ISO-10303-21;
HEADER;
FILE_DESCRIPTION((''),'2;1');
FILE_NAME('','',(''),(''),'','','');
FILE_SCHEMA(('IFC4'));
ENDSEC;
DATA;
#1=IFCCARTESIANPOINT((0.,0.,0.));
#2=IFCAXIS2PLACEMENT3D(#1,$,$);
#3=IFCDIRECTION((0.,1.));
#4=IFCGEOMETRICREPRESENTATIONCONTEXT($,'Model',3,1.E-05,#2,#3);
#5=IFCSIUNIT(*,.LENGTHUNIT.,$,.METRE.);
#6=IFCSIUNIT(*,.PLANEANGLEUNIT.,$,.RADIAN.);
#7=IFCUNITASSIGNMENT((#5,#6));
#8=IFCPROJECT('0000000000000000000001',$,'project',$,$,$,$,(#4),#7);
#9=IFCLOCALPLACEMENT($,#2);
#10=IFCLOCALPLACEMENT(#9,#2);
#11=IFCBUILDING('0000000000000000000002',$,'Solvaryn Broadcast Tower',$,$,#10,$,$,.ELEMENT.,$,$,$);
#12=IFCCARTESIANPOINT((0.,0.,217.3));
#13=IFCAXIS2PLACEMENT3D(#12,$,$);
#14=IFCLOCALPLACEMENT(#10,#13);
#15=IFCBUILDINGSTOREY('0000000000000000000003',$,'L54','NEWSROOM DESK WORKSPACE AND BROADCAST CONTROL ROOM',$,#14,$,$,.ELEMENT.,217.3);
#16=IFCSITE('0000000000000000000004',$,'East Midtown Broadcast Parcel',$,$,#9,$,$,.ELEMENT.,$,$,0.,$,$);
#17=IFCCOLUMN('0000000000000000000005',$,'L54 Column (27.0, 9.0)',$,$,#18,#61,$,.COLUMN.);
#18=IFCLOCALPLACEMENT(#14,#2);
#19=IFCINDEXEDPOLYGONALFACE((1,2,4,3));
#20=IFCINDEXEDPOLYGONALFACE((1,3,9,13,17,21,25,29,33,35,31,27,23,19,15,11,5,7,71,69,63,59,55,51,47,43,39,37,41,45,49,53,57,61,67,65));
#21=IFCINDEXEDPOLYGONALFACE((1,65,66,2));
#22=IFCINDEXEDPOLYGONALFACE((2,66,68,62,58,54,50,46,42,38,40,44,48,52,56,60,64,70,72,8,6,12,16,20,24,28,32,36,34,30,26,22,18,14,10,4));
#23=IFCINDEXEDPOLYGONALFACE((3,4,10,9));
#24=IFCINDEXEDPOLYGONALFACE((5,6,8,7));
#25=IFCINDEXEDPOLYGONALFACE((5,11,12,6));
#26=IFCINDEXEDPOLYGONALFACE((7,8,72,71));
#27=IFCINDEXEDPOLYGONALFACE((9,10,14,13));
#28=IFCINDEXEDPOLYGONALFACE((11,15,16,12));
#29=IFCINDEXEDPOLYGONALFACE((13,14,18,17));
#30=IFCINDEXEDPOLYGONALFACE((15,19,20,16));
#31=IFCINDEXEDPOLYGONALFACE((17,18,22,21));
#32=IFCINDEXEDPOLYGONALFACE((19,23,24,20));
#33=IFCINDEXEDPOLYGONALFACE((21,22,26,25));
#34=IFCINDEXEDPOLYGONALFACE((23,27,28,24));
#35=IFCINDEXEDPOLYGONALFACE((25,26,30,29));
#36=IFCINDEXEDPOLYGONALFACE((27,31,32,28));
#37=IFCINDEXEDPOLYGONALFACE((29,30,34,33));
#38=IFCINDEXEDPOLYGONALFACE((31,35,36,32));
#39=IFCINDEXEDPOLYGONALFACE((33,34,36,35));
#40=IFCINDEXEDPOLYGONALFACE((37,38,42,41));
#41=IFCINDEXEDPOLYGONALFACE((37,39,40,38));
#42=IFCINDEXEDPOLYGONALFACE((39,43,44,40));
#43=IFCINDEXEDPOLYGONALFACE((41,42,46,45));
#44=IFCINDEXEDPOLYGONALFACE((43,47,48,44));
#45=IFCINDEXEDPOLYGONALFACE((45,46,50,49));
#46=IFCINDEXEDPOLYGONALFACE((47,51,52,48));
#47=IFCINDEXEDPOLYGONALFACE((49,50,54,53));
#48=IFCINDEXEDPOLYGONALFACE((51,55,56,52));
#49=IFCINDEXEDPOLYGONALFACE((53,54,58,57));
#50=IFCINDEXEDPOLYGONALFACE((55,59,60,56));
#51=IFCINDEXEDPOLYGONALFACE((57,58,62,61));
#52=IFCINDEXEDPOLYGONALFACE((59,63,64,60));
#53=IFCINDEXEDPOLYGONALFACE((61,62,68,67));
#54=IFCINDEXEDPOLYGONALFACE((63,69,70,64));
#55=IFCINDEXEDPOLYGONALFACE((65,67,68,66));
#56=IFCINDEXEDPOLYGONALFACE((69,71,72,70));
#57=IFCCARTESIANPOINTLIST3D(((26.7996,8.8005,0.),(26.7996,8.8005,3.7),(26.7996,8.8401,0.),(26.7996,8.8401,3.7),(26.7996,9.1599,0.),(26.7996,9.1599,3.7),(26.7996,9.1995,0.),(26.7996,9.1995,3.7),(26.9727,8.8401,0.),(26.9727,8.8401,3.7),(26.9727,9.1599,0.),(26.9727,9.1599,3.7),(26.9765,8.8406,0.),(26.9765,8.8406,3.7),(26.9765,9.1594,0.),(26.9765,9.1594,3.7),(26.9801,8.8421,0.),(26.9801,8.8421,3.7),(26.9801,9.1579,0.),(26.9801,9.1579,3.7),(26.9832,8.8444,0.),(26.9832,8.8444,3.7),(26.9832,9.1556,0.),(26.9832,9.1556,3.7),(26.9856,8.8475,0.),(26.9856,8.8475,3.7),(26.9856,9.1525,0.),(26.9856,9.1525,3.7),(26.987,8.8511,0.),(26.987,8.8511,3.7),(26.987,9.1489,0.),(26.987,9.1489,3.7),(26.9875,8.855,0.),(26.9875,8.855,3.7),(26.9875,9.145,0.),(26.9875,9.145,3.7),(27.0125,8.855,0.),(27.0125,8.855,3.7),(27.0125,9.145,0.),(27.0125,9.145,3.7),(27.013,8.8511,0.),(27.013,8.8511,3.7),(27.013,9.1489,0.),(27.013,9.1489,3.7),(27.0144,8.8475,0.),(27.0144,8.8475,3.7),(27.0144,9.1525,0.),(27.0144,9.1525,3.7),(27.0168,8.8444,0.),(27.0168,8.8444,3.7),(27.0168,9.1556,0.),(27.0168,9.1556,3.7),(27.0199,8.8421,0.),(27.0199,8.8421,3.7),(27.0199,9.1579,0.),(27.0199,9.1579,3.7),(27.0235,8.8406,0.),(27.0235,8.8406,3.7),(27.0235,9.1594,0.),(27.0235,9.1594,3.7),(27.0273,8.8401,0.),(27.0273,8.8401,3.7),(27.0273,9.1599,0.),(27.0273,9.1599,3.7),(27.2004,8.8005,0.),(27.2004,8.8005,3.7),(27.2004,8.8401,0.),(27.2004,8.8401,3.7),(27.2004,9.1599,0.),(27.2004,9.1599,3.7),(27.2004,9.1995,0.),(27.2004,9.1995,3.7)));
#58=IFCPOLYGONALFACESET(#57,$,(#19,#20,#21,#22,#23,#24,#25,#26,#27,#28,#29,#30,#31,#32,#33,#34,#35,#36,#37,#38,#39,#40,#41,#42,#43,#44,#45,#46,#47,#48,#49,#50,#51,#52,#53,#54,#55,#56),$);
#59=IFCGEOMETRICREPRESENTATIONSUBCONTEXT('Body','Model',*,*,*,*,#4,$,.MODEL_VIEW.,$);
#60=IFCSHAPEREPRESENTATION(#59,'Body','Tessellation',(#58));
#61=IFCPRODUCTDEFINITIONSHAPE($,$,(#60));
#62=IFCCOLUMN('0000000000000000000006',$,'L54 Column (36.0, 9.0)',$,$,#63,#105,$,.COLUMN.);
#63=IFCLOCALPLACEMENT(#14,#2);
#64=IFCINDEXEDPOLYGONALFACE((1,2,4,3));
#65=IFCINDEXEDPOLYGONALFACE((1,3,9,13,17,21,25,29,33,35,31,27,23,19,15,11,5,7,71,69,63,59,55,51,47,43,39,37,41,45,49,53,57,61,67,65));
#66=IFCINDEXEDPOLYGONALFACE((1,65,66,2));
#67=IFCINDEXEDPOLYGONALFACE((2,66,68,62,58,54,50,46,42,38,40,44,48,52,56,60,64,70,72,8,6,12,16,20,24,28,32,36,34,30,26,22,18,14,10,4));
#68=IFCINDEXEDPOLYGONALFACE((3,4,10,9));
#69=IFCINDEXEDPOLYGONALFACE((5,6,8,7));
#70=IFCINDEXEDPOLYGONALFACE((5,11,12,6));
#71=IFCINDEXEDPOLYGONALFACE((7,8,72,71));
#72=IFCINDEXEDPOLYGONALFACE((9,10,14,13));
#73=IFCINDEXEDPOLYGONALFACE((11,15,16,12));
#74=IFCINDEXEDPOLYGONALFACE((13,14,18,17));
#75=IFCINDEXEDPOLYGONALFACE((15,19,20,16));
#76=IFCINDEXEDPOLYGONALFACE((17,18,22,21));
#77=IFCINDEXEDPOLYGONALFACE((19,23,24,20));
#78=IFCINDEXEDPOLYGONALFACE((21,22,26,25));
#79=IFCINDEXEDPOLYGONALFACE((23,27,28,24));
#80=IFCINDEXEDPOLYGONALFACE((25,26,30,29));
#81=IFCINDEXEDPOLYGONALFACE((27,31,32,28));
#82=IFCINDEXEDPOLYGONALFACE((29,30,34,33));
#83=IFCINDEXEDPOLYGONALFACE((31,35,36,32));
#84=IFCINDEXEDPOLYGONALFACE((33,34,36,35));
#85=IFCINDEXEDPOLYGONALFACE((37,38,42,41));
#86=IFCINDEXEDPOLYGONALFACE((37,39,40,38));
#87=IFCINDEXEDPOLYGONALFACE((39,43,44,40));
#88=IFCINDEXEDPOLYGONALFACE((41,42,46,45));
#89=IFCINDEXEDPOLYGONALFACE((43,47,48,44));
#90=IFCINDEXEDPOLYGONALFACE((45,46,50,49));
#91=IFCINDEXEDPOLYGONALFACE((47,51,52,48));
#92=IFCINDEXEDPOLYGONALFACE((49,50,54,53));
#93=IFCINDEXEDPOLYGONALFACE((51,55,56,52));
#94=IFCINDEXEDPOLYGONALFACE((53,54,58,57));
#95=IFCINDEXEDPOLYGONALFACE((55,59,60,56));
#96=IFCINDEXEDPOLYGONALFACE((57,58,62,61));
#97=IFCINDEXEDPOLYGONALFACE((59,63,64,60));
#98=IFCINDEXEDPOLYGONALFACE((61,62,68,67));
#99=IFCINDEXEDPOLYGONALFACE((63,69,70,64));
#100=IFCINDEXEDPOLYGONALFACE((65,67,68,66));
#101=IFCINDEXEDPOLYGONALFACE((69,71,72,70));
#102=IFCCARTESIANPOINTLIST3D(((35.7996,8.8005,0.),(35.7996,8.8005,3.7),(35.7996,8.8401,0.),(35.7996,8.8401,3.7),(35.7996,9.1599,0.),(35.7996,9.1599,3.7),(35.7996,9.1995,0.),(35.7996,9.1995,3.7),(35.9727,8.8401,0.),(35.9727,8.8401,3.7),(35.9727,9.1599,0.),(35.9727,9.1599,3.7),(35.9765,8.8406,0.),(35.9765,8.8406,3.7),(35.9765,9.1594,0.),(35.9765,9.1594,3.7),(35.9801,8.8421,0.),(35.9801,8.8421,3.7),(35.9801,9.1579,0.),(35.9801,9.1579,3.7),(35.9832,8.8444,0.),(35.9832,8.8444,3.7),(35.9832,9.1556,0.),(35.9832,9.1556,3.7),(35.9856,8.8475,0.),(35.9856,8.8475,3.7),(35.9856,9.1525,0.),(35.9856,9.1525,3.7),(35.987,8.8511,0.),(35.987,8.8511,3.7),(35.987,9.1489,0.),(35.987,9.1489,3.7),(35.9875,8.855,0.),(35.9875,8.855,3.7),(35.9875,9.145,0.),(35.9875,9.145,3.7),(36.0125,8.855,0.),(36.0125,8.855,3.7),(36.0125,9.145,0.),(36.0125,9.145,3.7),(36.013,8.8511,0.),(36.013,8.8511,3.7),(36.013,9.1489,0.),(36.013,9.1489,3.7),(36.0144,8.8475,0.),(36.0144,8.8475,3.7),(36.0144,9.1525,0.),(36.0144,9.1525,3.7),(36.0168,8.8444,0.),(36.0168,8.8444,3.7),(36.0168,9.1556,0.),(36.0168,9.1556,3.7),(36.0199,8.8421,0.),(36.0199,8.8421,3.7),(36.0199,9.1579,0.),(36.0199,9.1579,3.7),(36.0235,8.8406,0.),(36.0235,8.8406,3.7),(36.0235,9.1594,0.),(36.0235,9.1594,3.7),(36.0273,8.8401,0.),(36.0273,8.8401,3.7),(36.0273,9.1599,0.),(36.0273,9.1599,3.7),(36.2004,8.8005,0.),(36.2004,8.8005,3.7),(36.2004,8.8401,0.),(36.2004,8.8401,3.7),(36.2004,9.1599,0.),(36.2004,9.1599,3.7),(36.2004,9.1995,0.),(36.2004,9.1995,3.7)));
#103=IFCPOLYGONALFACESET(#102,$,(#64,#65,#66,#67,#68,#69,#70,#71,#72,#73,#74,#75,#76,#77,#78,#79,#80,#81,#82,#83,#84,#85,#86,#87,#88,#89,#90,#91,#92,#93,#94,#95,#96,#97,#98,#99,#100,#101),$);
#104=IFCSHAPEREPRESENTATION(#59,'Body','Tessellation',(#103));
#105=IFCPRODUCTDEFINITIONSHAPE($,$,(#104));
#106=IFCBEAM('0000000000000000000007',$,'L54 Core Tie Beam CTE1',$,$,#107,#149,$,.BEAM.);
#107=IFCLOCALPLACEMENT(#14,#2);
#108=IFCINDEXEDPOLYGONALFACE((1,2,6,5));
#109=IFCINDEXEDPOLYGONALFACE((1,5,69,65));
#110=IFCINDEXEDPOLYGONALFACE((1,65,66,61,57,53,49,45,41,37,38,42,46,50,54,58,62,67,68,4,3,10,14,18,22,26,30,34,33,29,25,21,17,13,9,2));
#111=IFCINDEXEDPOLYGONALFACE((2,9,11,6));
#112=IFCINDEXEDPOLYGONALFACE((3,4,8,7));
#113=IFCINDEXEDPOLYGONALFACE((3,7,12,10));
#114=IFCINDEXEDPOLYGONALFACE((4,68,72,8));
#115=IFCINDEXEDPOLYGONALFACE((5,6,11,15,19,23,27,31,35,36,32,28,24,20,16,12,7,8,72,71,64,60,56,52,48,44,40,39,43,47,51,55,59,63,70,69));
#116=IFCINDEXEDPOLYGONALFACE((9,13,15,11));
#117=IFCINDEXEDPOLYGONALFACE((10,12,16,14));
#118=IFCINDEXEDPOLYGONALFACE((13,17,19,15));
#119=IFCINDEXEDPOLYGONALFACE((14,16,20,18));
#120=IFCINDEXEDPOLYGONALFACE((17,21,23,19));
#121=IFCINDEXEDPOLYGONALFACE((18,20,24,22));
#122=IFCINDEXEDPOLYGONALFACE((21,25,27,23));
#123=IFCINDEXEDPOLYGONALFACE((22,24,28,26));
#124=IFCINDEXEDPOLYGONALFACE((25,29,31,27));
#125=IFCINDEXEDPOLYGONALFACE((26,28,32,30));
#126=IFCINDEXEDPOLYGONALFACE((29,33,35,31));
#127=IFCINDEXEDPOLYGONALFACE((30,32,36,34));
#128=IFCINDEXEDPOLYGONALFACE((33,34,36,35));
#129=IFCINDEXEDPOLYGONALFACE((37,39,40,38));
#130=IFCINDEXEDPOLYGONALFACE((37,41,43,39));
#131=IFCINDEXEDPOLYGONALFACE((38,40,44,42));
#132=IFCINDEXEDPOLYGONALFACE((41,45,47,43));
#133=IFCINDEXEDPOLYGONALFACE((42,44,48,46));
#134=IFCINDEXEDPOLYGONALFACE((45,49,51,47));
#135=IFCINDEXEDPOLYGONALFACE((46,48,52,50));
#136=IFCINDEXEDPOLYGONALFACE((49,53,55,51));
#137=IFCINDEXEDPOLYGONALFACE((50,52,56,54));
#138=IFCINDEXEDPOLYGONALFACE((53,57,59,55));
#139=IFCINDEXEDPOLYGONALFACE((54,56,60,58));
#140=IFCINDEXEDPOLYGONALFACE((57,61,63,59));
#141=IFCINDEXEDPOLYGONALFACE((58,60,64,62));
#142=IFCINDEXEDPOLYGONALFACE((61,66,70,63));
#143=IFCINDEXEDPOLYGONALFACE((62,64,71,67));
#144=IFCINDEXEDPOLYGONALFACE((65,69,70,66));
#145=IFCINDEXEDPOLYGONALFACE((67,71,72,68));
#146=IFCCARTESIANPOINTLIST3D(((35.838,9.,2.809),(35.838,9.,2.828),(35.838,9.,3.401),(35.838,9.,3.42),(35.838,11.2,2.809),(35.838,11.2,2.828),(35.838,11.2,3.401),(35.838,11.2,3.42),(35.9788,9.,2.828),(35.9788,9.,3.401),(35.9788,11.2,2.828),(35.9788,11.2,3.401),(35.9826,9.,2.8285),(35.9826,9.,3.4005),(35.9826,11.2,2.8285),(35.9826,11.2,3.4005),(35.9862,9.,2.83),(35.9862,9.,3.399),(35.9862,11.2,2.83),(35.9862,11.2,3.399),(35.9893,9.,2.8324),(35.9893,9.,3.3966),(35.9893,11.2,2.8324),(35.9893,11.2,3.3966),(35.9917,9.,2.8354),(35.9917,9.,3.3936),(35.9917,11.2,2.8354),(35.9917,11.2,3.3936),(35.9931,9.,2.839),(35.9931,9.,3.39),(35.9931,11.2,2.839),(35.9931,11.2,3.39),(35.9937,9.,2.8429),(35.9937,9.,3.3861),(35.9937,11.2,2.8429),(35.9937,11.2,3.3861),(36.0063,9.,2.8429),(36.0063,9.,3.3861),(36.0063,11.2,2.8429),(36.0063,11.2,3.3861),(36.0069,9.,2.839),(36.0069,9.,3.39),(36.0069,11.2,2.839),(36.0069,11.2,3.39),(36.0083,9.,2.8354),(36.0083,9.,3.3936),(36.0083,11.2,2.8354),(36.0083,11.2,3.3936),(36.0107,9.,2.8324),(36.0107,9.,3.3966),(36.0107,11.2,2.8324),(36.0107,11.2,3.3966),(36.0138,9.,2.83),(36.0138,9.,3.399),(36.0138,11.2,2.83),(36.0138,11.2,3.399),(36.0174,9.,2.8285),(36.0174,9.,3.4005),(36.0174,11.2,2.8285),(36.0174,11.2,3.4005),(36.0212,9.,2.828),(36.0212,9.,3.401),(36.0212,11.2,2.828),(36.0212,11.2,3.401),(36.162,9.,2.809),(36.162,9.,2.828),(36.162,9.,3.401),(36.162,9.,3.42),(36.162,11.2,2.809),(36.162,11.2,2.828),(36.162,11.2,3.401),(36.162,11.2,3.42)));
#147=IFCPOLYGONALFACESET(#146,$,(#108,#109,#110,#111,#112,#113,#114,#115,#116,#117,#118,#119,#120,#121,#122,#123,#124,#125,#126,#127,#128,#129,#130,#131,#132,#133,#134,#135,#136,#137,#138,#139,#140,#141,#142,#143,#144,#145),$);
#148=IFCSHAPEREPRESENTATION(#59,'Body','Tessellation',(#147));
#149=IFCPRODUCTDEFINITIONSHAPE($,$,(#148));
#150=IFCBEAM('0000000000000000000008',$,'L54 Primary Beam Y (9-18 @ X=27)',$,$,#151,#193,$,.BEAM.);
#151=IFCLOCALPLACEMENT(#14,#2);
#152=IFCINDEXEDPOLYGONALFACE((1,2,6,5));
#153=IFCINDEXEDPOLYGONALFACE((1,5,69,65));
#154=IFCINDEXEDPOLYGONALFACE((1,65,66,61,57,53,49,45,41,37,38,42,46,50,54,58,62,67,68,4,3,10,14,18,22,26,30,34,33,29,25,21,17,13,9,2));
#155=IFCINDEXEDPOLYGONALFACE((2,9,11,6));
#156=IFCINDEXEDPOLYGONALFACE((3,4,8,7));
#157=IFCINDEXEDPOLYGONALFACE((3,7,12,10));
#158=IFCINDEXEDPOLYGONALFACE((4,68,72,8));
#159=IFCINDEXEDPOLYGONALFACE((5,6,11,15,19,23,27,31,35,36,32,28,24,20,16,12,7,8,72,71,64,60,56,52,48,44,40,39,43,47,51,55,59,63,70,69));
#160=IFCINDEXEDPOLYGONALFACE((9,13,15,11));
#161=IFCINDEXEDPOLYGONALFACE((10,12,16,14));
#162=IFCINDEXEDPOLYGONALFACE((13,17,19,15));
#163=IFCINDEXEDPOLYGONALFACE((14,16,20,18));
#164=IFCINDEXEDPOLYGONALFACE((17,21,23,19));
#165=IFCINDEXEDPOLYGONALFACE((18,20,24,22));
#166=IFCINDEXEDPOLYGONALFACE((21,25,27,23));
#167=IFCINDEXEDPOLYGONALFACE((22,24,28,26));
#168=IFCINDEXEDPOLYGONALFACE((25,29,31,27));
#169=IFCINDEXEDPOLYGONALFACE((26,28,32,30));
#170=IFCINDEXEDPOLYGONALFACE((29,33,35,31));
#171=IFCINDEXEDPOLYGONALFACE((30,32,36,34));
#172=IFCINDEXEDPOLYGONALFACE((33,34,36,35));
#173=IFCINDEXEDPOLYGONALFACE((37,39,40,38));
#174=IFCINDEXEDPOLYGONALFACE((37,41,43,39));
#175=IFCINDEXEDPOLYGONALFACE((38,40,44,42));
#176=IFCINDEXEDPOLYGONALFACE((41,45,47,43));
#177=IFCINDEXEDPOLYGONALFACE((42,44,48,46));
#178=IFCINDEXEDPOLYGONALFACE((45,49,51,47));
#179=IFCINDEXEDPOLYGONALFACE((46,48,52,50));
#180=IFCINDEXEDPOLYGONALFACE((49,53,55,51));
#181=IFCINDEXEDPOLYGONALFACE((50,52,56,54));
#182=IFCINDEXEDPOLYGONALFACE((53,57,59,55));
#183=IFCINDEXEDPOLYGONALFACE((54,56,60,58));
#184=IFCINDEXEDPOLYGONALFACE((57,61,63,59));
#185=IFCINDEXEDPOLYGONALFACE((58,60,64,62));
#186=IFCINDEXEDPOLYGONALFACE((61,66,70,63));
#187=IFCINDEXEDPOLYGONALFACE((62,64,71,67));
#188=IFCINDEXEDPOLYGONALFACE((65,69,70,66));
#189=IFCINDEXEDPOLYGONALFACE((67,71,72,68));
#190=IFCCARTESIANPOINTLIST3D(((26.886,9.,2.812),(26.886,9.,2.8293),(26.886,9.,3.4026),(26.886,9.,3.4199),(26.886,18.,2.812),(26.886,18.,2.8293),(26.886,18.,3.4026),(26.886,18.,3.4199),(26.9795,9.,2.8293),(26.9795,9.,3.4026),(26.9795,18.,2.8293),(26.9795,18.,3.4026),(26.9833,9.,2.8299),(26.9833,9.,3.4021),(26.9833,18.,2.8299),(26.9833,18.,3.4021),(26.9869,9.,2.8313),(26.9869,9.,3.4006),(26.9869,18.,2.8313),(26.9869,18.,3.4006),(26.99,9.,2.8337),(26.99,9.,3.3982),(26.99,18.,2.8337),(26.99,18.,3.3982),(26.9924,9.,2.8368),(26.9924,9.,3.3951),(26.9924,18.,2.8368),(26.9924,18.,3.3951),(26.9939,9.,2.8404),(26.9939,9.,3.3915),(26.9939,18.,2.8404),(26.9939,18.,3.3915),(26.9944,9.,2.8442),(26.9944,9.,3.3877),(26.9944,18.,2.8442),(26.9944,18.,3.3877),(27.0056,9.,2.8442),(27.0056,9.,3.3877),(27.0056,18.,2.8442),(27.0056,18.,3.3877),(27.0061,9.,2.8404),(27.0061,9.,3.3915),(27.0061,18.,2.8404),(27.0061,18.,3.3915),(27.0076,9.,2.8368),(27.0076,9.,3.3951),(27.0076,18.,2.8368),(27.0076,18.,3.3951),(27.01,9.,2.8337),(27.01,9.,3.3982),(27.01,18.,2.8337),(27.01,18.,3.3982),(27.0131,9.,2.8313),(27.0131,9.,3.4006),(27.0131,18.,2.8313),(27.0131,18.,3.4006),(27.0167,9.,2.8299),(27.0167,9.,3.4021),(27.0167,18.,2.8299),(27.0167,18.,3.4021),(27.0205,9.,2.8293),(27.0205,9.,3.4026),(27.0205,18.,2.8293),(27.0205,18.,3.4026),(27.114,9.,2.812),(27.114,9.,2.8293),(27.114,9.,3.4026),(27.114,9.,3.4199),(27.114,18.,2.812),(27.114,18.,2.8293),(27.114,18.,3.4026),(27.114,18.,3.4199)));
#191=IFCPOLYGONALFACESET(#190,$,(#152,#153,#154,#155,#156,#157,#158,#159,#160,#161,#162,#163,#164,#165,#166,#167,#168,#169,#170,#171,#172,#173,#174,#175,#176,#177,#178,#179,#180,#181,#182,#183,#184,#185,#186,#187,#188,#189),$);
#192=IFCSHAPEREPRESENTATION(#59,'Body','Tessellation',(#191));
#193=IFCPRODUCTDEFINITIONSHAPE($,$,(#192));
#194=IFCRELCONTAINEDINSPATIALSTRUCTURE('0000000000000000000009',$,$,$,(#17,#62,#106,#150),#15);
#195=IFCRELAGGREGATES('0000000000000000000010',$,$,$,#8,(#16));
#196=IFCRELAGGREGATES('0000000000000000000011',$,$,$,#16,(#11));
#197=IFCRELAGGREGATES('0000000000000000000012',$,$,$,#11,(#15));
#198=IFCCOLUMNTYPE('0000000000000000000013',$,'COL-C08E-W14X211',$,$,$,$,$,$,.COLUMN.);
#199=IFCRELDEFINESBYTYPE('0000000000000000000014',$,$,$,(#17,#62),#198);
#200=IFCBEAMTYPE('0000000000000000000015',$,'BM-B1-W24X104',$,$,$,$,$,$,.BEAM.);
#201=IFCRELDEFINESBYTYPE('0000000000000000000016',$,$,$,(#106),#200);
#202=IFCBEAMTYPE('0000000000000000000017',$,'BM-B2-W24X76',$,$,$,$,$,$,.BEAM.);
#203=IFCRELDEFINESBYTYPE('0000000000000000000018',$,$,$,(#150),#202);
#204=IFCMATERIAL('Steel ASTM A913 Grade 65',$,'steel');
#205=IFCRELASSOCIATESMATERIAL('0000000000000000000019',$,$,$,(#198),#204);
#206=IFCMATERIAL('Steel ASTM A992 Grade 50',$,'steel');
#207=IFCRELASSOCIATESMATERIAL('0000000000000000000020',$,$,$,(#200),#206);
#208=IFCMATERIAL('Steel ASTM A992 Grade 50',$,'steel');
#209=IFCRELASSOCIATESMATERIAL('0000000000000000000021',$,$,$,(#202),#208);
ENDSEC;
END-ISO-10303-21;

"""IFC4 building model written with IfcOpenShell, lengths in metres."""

from ifc_helpers import new_model, si_unit, direction, frame, origin, origin_2d, place, context, subcontext, project, spatial, i_section, extrude, material, material_profile, profile_set, type_object, element, save


model = new_model("IFC4")

# Units and contexts
model_context = context("Model", 3, precision=1e-05, world=origin(), true_north=direction((0.0, 1.0)))
body_context = subcontext(model_context, "Body", "Model", "MODEL_VIEW")
ifc_project = project(units=[si_unit("LENGTHUNIT", "METRE"), si_unit("PLANEANGLEUNIT", "RADIAN")], contexts=[model_context])

# Site, building, storey
site_placement = place(None, origin())
site = spatial("IfcSite", under=ifc_project, at=site_placement, Name="East Midtown Broadcast Parcel", CompositionType="ELEMENT", RefElevation=0.0)
building_placement = place(site_placement, origin())
building = spatial("IfcBuilding", under=site, at=building_placement, Name="Solvaryn Broadcast Tower", CompositionType="ELEMENT")
storey_placement = place(building_placement, frame((0.0, 0.0, 217.3)))
storey = spatial("IfcBuildingStorey", under=building, at=storey_placement, Name="L54", Description="NEWSROOM DESK WORKSPACE AND BROADCAST CONTROL ROOM", CompositionType="ELEMENT", Elevation=217.3)

# Columns
ifc_material_1 = material(Name="Steel ASTM A913 Grade 65", Category="steel")
ifc_material_profile_1 = material_profile(ifc_material_1, i_section(OverallWidth=0.4009, OverallDepth=0.3989, WebThickness=0.0249, FlangeThickness=0.0396, FilletRadius=0.0149, at=origin_2d()))
ifc_profile_set_1 = profile_set([ifc_material_profile_1], Name="Steel ASTM A913 Grade 65")
column_type = type_object("IfcColumnType", Name="COL-C08E-W14X211", PredefinedType="COLUMN", material=ifc_profile_set_1)
for number, where, z_axis, x_axis, name in (
    (1, (27.0, 9.0, 0.0), (0.0, 0.0, 1.0), (1.0, 0.0, 0.0), "L54 Column (27.0, 9.0)"),
    (2, (36.0, 9.0, 0.0), (0.0, 0.0, 1.0), (1.0, 0.0, 0.0), "L54 Column (36.0, 9.0)"),
):
    element("IfcColumn", number, at=place(storey_placement, frame(where, z_axis=z_axis, x_axis=x_axis)), inside=storey, type_object=column_type, Name=name, PredefinedType="COLUMN", context=body_context, shape_type="SweptSolid", body=[
        extrude(i_section(OverallWidth=0.4009, OverallDepth=0.3989, WebThickness=0.0249, FlangeThickness=0.0396, FilletRadius=0.0149, at=origin_2d()), origin(), (0.0, 0.0, 1.0), 3.7),
    ])

# Beams
ifc_material_2 = material(Name="Steel ASTM A992 Grade 50", Category="steel")
ifc_material_profile_2 = material_profile(ifc_material_2, i_section(OverallWidth=0.324, OverallDepth=0.6111, WebThickness=0.0127, FlangeThickness=0.019, FilletRadius=0.0149, at=origin_2d()))
ifc_profile_set_2 = profile_set([ifc_material_profile_2], Name="Steel ASTM A992 Grade 50")
beam_type_1 = type_object("IfcBeamType", Name="BM-B1-W24X104", PredefinedType="BEAM", material=ifc_profile_set_2)
beam_1_placement = place(storey_placement, frame((36.0, 9.0, 3.1145), z_axis=(0.0, 1.0, 0.0), x_axis=(-1.0, 0.0, 0.0)))
element("IfcBeam", 3, at=beam_1_placement, inside=storey, type_object=beam_type_1, Name="L54 Core Tie Beam CTE1", PredefinedType="BEAM", context=body_context, shape_type="SweptSolid", body=[
    extrude(i_section(OverallWidth=0.324, OverallDepth=0.6111, WebThickness=0.0127, FlangeThickness=0.019, FilletRadius=0.0149, at=origin_2d()), origin(), (0.0, 0.0, 1.0), 2.2),
])
ifc_material_3 = material(Name="Steel ASTM A992 Grade 50", Category="steel")
ifc_material_profile_3 = material_profile(ifc_material_3, i_section(OverallWidth=0.228, OverallDepth=0.6079, WebThickness=0.0112, FlangeThickness=0.0173, FilletRadius=0.0149, at=origin_2d()))
ifc_profile_set_3 = profile_set([ifc_material_profile_3], Name="Steel ASTM A992 Grade 50")
beam_type_2 = type_object("IfcBeamType", Name="BM-B2-W24X76", PredefinedType="BEAM", material=ifc_profile_set_3)
beam_2_placement = place(storey_placement, frame((27.0, 9.0, 3.116), z_axis=(0.0, 1.0, 0.0), x_axis=(-1.0, 0.0, 0.0)))
element("IfcBeam", 4, at=beam_2_placement, inside=storey, type_object=beam_type_2, Name="L54 Primary Beam Y (9-18 @ X=27)", PredefinedType="BEAM", context=body_context, shape_type="SweptSolid", body=[
    extrude(i_section(OverallWidth=0.228, OverallDepth=0.6079, WebThickness=0.0112, FlangeThickness=0.0173, FilletRadius=0.0149, at=origin_2d()), origin(), (0.0, 0.0, 1.0), 9.0),
])

save(model, "model.ifc")
